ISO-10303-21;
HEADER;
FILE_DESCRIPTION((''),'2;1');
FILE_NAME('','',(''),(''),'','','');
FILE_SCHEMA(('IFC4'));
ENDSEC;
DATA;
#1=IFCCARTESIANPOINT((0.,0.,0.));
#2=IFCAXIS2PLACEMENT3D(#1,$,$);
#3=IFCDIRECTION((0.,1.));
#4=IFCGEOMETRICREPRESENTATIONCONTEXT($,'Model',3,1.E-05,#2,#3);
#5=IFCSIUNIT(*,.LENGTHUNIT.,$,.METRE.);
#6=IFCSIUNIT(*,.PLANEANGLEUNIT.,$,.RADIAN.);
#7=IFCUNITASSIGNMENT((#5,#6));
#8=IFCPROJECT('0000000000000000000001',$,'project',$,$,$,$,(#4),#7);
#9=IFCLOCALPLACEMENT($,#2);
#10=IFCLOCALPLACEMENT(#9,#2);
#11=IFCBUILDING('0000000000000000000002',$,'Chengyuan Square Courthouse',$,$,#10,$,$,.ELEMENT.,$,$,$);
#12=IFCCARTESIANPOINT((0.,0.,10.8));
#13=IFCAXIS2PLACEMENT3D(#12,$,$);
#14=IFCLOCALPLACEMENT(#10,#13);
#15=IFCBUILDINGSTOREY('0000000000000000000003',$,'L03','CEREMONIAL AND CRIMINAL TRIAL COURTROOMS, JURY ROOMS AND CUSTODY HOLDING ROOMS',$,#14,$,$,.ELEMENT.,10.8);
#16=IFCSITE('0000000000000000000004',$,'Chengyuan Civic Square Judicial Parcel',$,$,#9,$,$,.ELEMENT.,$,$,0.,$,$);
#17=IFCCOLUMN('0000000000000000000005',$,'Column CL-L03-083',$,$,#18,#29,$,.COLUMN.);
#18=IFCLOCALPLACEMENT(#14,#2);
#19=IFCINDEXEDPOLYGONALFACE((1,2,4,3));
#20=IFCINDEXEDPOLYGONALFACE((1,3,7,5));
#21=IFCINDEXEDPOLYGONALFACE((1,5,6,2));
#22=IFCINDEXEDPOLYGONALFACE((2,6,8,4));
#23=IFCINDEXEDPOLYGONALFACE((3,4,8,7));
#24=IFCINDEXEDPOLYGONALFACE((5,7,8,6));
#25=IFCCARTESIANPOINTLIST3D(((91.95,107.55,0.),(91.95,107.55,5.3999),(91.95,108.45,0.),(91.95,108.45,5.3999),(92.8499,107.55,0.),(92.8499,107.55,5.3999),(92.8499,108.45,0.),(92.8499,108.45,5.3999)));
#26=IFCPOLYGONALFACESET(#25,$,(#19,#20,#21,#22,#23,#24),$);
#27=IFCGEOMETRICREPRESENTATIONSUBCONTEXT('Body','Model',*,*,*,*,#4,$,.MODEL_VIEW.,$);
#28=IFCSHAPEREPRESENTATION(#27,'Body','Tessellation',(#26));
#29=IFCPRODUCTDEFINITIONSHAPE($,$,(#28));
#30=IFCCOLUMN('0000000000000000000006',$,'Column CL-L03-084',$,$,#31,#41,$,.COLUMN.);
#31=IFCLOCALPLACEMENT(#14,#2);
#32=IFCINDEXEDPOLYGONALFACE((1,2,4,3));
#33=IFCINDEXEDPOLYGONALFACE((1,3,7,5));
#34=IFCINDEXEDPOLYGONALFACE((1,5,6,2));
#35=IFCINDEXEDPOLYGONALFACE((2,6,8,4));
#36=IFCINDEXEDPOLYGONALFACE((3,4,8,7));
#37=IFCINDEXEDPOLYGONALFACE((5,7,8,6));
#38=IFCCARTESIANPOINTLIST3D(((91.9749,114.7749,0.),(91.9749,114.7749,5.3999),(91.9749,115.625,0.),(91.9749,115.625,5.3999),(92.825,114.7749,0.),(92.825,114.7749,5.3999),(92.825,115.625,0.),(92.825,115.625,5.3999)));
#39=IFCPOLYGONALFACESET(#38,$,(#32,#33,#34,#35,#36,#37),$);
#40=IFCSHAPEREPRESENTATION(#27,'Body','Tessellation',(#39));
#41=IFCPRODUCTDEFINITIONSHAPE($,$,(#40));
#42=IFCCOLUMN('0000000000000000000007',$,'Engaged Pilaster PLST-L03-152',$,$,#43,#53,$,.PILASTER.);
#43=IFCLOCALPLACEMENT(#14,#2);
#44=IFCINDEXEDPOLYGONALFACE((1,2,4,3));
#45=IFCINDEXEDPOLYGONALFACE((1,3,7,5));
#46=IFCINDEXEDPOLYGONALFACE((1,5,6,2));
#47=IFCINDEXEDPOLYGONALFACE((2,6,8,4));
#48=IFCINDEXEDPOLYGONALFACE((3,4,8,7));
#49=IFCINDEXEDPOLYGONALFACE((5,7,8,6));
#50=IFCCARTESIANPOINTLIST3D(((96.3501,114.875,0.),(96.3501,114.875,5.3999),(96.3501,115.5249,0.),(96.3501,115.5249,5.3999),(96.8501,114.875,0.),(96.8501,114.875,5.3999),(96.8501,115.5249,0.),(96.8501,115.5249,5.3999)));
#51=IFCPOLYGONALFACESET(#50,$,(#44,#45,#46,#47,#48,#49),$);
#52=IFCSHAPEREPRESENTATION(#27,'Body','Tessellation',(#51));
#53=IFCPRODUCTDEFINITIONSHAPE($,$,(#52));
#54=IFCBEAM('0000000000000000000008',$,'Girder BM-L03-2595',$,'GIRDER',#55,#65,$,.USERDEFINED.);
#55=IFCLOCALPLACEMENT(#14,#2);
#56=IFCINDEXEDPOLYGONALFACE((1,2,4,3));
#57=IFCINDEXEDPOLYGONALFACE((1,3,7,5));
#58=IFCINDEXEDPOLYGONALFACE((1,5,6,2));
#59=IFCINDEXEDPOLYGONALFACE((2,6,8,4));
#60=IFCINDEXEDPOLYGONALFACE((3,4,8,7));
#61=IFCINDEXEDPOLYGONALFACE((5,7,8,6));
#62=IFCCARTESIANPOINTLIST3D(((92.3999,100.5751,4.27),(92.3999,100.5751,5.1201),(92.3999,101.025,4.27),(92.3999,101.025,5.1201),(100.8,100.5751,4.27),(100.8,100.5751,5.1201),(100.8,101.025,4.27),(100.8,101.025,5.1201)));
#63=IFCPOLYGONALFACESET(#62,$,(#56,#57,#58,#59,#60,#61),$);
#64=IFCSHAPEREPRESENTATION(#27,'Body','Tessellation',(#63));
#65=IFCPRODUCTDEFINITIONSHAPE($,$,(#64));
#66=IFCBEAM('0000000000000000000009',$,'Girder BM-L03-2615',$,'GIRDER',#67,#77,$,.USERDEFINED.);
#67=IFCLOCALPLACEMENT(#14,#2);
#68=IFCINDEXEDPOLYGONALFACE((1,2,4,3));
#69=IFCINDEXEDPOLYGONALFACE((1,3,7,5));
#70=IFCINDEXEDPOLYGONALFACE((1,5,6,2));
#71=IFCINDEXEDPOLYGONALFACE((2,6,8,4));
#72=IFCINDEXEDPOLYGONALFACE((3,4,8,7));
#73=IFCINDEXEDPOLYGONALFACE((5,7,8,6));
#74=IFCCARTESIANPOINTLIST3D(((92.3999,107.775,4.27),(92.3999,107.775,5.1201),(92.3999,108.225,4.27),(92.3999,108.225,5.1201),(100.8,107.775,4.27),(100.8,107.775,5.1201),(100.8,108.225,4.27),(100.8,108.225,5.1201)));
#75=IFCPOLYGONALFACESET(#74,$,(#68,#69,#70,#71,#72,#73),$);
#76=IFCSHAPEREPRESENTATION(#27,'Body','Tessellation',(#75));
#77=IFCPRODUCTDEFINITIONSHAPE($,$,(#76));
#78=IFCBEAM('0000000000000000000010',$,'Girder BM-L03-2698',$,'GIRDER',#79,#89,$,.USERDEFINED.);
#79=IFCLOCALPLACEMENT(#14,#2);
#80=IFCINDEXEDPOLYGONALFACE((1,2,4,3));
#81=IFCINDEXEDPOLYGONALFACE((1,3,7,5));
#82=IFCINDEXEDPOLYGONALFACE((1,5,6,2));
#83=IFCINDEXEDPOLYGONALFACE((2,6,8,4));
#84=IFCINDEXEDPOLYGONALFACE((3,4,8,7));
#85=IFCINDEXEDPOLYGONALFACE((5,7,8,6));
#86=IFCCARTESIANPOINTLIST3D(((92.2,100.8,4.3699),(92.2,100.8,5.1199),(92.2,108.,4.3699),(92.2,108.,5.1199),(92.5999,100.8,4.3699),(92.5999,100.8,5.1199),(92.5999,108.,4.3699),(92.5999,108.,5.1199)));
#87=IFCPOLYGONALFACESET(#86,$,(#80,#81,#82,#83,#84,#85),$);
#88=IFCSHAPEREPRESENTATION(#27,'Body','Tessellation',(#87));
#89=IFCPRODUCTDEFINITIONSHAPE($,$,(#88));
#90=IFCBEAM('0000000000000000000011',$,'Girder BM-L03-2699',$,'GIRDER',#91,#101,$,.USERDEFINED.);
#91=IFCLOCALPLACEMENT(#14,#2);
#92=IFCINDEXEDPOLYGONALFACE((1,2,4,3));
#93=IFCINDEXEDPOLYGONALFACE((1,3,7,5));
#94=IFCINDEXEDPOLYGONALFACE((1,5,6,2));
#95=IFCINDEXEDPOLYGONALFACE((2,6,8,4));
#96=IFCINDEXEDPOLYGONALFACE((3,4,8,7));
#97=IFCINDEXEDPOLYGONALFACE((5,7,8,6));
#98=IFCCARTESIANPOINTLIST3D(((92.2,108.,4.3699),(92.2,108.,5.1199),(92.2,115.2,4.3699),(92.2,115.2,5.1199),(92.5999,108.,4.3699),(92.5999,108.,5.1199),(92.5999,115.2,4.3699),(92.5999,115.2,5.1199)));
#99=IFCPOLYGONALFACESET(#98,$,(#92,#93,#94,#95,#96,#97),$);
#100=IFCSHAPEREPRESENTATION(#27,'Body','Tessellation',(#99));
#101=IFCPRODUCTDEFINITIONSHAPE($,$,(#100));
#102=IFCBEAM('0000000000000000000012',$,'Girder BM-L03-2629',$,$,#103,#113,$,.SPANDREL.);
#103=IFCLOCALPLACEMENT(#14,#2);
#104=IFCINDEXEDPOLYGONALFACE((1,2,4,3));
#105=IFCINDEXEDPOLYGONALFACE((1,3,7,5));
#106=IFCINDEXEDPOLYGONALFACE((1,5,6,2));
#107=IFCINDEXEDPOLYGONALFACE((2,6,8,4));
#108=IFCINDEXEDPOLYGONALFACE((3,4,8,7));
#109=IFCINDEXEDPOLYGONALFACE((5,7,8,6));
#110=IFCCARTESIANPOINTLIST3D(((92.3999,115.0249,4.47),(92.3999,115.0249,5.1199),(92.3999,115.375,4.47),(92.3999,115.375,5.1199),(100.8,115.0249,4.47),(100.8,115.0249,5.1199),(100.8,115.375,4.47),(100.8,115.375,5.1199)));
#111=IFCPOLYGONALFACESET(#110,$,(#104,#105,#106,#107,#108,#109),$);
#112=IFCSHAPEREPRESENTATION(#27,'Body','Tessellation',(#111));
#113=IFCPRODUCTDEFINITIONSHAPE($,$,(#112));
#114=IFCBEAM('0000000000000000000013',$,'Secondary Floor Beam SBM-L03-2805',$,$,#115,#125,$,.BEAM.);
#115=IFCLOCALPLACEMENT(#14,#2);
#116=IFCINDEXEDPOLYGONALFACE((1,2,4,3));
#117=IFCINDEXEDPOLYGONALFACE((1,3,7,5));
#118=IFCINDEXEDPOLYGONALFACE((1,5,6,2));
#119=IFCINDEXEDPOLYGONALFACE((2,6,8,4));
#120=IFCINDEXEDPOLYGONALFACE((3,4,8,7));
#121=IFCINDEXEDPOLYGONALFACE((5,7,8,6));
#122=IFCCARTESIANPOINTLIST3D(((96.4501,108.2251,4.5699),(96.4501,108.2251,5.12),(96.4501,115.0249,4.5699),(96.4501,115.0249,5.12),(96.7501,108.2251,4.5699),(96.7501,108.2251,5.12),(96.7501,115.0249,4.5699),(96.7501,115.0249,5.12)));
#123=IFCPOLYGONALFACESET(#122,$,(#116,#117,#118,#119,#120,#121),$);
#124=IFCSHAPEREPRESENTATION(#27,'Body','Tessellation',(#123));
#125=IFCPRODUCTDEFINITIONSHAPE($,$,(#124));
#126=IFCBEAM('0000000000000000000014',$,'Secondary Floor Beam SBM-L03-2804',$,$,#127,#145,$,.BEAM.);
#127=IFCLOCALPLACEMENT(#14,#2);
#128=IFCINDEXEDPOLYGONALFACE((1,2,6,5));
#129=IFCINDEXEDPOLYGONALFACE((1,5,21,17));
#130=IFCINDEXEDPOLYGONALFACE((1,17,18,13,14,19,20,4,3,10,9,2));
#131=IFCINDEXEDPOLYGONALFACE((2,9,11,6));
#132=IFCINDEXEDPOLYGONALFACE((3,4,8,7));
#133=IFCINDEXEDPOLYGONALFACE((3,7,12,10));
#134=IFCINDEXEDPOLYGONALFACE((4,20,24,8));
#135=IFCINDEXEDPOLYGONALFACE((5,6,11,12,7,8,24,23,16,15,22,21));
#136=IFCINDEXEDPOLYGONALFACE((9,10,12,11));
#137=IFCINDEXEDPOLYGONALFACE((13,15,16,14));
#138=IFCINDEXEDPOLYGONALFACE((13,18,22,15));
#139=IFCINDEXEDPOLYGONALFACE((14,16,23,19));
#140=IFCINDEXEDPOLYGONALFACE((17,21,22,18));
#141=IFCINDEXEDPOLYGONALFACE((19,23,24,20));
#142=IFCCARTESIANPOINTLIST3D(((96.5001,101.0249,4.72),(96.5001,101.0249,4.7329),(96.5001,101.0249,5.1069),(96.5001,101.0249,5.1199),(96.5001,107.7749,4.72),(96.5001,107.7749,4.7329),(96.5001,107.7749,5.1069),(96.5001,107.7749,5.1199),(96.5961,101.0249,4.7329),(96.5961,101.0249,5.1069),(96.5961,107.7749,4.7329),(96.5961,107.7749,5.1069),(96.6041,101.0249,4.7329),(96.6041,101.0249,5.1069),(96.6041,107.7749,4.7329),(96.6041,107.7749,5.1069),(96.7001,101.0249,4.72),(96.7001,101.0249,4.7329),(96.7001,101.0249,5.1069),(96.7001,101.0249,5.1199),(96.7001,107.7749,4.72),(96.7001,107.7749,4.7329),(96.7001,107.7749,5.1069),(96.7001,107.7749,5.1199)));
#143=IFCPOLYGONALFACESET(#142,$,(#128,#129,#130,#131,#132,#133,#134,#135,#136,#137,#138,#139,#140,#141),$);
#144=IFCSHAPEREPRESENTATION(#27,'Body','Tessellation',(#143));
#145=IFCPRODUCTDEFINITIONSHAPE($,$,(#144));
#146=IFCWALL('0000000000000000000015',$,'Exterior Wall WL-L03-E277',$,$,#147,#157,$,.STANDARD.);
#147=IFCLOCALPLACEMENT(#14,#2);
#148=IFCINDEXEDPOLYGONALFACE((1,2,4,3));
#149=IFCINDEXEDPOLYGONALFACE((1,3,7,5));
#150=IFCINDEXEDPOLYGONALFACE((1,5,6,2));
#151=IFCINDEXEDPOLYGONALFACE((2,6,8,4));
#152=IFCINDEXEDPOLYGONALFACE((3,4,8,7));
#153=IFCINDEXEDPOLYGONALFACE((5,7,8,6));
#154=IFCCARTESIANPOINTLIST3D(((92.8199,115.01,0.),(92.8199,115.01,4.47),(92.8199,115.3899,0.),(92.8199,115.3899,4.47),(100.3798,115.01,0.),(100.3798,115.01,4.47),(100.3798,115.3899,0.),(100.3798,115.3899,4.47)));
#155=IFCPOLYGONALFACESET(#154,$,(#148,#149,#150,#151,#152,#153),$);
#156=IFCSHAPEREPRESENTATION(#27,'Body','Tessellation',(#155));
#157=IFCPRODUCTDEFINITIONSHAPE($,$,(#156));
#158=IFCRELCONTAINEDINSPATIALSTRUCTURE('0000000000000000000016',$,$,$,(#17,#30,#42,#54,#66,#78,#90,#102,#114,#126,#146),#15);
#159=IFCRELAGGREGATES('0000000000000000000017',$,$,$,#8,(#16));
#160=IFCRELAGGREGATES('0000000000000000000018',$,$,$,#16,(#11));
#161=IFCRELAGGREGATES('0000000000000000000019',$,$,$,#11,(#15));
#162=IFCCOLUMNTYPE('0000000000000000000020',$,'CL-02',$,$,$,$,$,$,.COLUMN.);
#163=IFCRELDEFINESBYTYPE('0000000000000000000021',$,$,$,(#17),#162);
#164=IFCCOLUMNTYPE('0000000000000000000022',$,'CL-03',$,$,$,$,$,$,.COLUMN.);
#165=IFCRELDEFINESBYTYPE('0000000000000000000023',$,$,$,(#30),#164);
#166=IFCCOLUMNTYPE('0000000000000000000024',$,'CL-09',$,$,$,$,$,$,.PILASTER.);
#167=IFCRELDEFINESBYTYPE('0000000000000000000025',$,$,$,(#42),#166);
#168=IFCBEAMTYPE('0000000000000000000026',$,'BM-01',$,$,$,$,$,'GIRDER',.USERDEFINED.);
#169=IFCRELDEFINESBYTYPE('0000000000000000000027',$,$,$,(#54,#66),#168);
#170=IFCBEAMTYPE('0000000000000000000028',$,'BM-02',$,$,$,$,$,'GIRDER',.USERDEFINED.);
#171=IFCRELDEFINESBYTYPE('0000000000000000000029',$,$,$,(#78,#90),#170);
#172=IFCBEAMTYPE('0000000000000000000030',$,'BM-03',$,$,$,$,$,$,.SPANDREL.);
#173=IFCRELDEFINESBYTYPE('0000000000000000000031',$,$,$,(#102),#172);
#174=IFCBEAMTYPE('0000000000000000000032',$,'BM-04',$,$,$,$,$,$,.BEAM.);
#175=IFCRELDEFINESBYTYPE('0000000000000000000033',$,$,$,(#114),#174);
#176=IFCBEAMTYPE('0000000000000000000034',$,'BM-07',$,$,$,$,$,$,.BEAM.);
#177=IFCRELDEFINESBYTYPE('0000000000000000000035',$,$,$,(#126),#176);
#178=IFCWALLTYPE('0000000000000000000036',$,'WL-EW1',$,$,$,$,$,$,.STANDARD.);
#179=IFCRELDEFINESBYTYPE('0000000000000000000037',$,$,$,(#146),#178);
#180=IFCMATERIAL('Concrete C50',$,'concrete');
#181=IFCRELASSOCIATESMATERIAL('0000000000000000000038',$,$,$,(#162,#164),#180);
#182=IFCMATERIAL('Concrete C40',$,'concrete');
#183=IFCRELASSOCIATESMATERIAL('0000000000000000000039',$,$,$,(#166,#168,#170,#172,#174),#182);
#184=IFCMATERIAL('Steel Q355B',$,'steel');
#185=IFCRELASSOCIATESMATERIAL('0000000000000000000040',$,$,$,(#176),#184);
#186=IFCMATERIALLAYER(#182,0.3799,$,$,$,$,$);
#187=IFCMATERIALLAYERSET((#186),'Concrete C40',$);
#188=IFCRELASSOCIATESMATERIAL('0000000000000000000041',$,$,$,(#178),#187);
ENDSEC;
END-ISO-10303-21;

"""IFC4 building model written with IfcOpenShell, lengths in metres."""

from ifc_helpers import new_model, si_unit, direction, frame, frame_2d, origin, origin_2d, place, context, subcontext, project, spatial, rectangle, i_section, extrude, material, layer, layer_set, material_profile, profile_set, type_object, element, save


model = new_model("IFC4")

# Units and contexts
model_context = context("Model", 3, precision=1e-05, world=origin(), true_north=direction((0.0, 1.0)))
body_context = subcontext(model_context, "Body", "Model", "MODEL_VIEW")
ifc_project = project(units=[si_unit("LENGTHUNIT", "METRE"), si_unit("PLANEANGLEUNIT", "RADIAN")], contexts=[model_context])

# Site, building, storey
site_placement = place(None, origin())
site = spatial("IfcSite", under=ifc_project, at=site_placement, Name="Chengyuan Civic Square Judicial Parcel", CompositionType="ELEMENT", RefElevation=0.0)
building_placement = place(site_placement, origin())
building = spatial("IfcBuilding", under=site, at=building_placement, Name="Chengyuan Square Courthouse", CompositionType="ELEMENT")
storey_placement = place(building_placement, frame((0.0, 0.0, 10.8)))
storey = spatial("IfcBuildingStorey", under=building, at=storey_placement, Name="L03", Description="CEREMONIAL AND CRIMINAL TRIAL COURTROOMS, JURY ROOMS AND CUSTODY HOLDING ROOMS", CompositionType="ELEMENT", Elevation=10.8)

# Columns
ifc_material_1 = material(Name="Concrete C50", Category="concrete")
ifc_material_profile_1 = material_profile(ifc_material_1, rectangle(XDim=0.8999, YDim=0.8999, at=origin_2d()), Name="RC-COL-900x900")
ifc_profile_set_1 = profile_set([ifc_material_profile_1], Name="Concrete C50")
column_type_1 = type_object("IfcColumnType", Name="CL-02", PredefinedType="COLUMN", material=ifc_profile_set_1)
column_1_placement = place(storey_placement, frame((92.3999, 108.0, 0.0), z_axis=(0.0, 0.0, 1.0), x_axis=(1.0, 0.0, 0.0)))
element("IfcColumn", 1, at=column_1_placement, inside=storey, type_object=column_type_1, Name="Column CL-L03-083", PredefinedType="COLUMN", context=body_context, shape_type="SweptSolid", body=[
    extrude(rectangle(XDim=0.8999, YDim=0.8999, at=origin_2d()), origin(), (0.0, 0.0, 1.0), 5.3999),
])
ifc_material_profile_2 = material_profile(ifc_material_1, rectangle(XDim=0.8501, YDim=0.8501, at=origin_2d()), Name="RC-COL-850x850")
ifc_profile_set_2 = profile_set([ifc_material_profile_2], Name="Concrete C50")
column_type_2 = type_object("IfcColumnType", Name="CL-03", PredefinedType="COLUMN", material=ifc_profile_set_2)
column_2_placement = place(storey_placement, frame((92.3999, 115.2, 0.0), z_axis=(0.0, 0.0, 1.0), x_axis=(1.0, 0.0, 0.0)))
element("IfcColumn", 2, at=column_2_placement, inside=storey, type_object=column_type_2, Name="Column CL-L03-084", PredefinedType="COLUMN", context=body_context, shape_type="SweptSolid", body=[
    extrude(rectangle(XDim=0.8501, YDim=0.8501, at=origin_2d()), origin(), (0.0, 0.0, 1.0), 5.3999),
])
ifc_material_2 = material(Name="Concrete C40", Category="concrete")
ifc_material_profile_3 = material_profile(ifc_material_2, rectangle(XDim=0.5, YDim=0.6499, at=origin_2d()), Name="RC-PIL-500x650")
ifc_profile_set_3 = profile_set([ifc_material_profile_3], Name="Concrete C40")
column_type_3 = type_object("IfcColumnType", Name="CL-09", PredefinedType="PILASTER", material=ifc_profile_set_3)
column_3_placement = place(storey_placement, frame((96.6001, 115.2, 0.0), z_axis=(0.0, 0.0, 1.0), x_axis=(1.0, 0.0, 0.0)))
element("IfcColumn", 3, at=column_3_placement, inside=storey, type_object=column_type_3, Name="Engaged Pilaster PLST-L03-152", PredefinedType="PILASTER", context=body_context, shape_type="SweptSolid", body=[
    extrude(rectangle(XDim=0.5, YDim=0.6499, at=origin_2d()), origin(), (0.0, 0.0, 1.0), 5.3999),
])

# Beams
ifc_material_profile_4 = material_profile(ifc_material_2, rectangle(XDim=0.45, YDim=0.8501, at=origin_2d()), Name="RC-BM-450x850")
ifc_profile_set_4 = profile_set([ifc_material_profile_4], Name="Concrete C40")
beam_type_1 = type_object("IfcBeamType", Name="BM-01", ElementType="GIRDER", PredefinedType="USERDEFINED", material=ifc_profile_set_4)
for number, where, z_axis, x_axis, name in (
    (4, (92.3999, 100.8, 4.6951), (1.0, 0.0, 0.0), (0.0, 1.0, 0.0), "Girder BM-L03-2595"),
    (5, (92.3999, 108.0, 4.6951), (1.0, 0.0, 0.0), (0.0, 1.0, 0.0), "Girder BM-L03-2615"),
):
    element("IfcBeam", number, at=place(storey_placement, frame(where, z_axis=z_axis, x_axis=x_axis)), inside=storey, type_object=beam_type_1, Name=name, ObjectType="GIRDER", PredefinedType="USERDEFINED", context=body_context, shape_type="SweptSolid", body=[
        extrude(rectangle(XDim=0.45, YDim=0.8501, at=origin_2d()), origin(), (0.0, 0.0, 1.0), 8.4001),
    ])
ifc_material_profile_5 = material_profile(ifc_material_2, rectangle(XDim=0.3999, YDim=0.75, at=origin_2d()), Name="RC-BM-400x750")
ifc_profile_set_5 = profile_set([ifc_material_profile_5], Name="Concrete C40")
beam_type_2 = type_object("IfcBeamType", Name="BM-02", ElementType="GIRDER", PredefinedType="USERDEFINED", material=ifc_profile_set_5)
for number, where, z_axis, x_axis, name in (
    (6, (92.3999, 100.8, 4.7449), (0.0, 1.0, 0.0), (-1.0, 0.0, 0.0), "Girder BM-L03-2698"),
    (7, (92.3999, 108.0, 4.7449), (0.0, 1.0, 0.0), (-1.0, 0.0, 0.0), "Girder BM-L03-2699"),
):
    element("IfcBeam", number, at=place(storey_placement, frame(where, z_axis=z_axis, x_axis=x_axis)), inside=storey, type_object=beam_type_2, Name=name, ObjectType="GIRDER", PredefinedType="USERDEFINED", context=body_context, shape_type="SweptSolid", body=[
        extrude(rectangle(XDim=0.3999, YDim=0.75, at=origin_2d()), origin(), (0.0, 0.0, 1.0), 7.2),
    ])
ifc_material_profile_6 = material_profile(ifc_material_2, rectangle(XDim=0.3501, YDim=0.6499, at=origin_2d()), Name="RC-BM-350x650")
ifc_profile_set_6 = profile_set([ifc_material_profile_6], Name="Concrete C40")
beam_type_3 = type_object("IfcBeamType", Name="BM-03", PredefinedType="SPANDREL", material=ifc_profile_set_6)
beam_1_placement = place(storey_placement, frame((92.3999, 115.2, 4.7949), z_axis=(1.0, 0.0, 0.0), x_axis=(0.0, 1.0, 0.0)))
element("IfcBeam", 8, at=beam_1_placement, inside=storey, type_object=beam_type_3, Name="Girder BM-L03-2629", PredefinedType="SPANDREL", context=body_context, shape_type="SweptSolid", body=[
    extrude(rectangle(XDim=0.3501, YDim=0.6499, at=origin_2d()), origin(), (0.0, 0.0, 1.0), 8.4001),
])
ifc_material_profile_7 = material_profile(ifc_material_2, rectangle(XDim=0.3, YDim=0.55, at=origin_2d()), Name="RC-BM-300x550")
ifc_profile_set_7 = profile_set([ifc_material_profile_7], Name="Concrete C40")
beam_type_4 = type_object("IfcBeamType", Name="BM-04", PredefinedType="BEAM", material=ifc_profile_set_7)
beam_2_placement = place(storey_placement, frame((96.6001, 108.2251, 4.845), z_axis=(0.0, 1.0, 0.0), x_axis=(-1.0, 0.0, 0.0)))
element("IfcBeam", 9, at=beam_2_placement, inside=storey, type_object=beam_type_4, Name="Secondary Floor Beam SBM-L03-2805", PredefinedType="BEAM", context=body_context, shape_type="SweptSolid", body=[
    extrude(rectangle(XDim=0.3, YDim=0.55, at=origin_2d()), origin(), (0.0, 0.0, 1.0), 6.7998),
])
ifc_material_3 = material(Name="Steel Q355B", Category="steel")
ifc_material_profile_8 = material_profile(ifc_material_3, i_section(OverallWidth=0.2, OverallDepth=0.3999, WebThickness=0.0081, FlangeThickness=0.0129, at=origin_2d()), Name="HN 400x200x8x13")
ifc_profile_set_8 = profile_set([ifc_material_profile_8], Name="Steel Q355B")
beam_type_5 = type_object("IfcBeamType", Name="BM-07", PredefinedType="BEAM", material=ifc_profile_set_8)
beam_3_placement = place(storey_placement, frame((96.6001, 101.0249, 4.9199), z_axis=(0.0, 1.0, 0.0), x_axis=(-1.0, 0.0, 0.0)))
element("IfcBeam", 10, at=beam_3_placement, inside=storey, type_object=beam_type_5, Name="Secondary Floor Beam SBM-L03-2804", PredefinedType="BEAM", context=body_context, shape_type="SweptSolid", body=[
    extrude(i_section(OverallWidth=0.2, OverallDepth=0.3999, WebThickness=0.0081, FlangeThickness=0.0129, at=origin_2d()), origin(), (0.0, 0.0, 1.0), 6.75),
])

# Wall
ifc_layer_1 = layer(ifc_material_2, 0.3799)
ifc_layer_set_1 = layer_set([ifc_layer_1], Name="Concrete C40")
wall_type_1 = type_object("IfcWallType", Name="WL-EW1", PredefinedType="STANDARD", material=ifc_layer_set_1)
wall_1_placement = place(storey_placement, frame((92.8201, 115.2, 0.0), z_axis=(0.0, 0.0, 1.0), x_axis=(1.0, 0.0, 0.0)))
element("IfcWall", 11, at=wall_1_placement, inside=storey, type_object=wall_type_1, Name="Exterior Wall WL-L03-E277", PredefinedType="STANDARD", context=body_context, shape_type="SweptSolid", body=[
    extrude(rectangle(XDim=7.5598, YDim=0.3799, at=frame_2d((3.7798, 0.0))), origin(), (0.0, 0.0, 1.0), 4.47),
])

save(model, "model.ifc")
